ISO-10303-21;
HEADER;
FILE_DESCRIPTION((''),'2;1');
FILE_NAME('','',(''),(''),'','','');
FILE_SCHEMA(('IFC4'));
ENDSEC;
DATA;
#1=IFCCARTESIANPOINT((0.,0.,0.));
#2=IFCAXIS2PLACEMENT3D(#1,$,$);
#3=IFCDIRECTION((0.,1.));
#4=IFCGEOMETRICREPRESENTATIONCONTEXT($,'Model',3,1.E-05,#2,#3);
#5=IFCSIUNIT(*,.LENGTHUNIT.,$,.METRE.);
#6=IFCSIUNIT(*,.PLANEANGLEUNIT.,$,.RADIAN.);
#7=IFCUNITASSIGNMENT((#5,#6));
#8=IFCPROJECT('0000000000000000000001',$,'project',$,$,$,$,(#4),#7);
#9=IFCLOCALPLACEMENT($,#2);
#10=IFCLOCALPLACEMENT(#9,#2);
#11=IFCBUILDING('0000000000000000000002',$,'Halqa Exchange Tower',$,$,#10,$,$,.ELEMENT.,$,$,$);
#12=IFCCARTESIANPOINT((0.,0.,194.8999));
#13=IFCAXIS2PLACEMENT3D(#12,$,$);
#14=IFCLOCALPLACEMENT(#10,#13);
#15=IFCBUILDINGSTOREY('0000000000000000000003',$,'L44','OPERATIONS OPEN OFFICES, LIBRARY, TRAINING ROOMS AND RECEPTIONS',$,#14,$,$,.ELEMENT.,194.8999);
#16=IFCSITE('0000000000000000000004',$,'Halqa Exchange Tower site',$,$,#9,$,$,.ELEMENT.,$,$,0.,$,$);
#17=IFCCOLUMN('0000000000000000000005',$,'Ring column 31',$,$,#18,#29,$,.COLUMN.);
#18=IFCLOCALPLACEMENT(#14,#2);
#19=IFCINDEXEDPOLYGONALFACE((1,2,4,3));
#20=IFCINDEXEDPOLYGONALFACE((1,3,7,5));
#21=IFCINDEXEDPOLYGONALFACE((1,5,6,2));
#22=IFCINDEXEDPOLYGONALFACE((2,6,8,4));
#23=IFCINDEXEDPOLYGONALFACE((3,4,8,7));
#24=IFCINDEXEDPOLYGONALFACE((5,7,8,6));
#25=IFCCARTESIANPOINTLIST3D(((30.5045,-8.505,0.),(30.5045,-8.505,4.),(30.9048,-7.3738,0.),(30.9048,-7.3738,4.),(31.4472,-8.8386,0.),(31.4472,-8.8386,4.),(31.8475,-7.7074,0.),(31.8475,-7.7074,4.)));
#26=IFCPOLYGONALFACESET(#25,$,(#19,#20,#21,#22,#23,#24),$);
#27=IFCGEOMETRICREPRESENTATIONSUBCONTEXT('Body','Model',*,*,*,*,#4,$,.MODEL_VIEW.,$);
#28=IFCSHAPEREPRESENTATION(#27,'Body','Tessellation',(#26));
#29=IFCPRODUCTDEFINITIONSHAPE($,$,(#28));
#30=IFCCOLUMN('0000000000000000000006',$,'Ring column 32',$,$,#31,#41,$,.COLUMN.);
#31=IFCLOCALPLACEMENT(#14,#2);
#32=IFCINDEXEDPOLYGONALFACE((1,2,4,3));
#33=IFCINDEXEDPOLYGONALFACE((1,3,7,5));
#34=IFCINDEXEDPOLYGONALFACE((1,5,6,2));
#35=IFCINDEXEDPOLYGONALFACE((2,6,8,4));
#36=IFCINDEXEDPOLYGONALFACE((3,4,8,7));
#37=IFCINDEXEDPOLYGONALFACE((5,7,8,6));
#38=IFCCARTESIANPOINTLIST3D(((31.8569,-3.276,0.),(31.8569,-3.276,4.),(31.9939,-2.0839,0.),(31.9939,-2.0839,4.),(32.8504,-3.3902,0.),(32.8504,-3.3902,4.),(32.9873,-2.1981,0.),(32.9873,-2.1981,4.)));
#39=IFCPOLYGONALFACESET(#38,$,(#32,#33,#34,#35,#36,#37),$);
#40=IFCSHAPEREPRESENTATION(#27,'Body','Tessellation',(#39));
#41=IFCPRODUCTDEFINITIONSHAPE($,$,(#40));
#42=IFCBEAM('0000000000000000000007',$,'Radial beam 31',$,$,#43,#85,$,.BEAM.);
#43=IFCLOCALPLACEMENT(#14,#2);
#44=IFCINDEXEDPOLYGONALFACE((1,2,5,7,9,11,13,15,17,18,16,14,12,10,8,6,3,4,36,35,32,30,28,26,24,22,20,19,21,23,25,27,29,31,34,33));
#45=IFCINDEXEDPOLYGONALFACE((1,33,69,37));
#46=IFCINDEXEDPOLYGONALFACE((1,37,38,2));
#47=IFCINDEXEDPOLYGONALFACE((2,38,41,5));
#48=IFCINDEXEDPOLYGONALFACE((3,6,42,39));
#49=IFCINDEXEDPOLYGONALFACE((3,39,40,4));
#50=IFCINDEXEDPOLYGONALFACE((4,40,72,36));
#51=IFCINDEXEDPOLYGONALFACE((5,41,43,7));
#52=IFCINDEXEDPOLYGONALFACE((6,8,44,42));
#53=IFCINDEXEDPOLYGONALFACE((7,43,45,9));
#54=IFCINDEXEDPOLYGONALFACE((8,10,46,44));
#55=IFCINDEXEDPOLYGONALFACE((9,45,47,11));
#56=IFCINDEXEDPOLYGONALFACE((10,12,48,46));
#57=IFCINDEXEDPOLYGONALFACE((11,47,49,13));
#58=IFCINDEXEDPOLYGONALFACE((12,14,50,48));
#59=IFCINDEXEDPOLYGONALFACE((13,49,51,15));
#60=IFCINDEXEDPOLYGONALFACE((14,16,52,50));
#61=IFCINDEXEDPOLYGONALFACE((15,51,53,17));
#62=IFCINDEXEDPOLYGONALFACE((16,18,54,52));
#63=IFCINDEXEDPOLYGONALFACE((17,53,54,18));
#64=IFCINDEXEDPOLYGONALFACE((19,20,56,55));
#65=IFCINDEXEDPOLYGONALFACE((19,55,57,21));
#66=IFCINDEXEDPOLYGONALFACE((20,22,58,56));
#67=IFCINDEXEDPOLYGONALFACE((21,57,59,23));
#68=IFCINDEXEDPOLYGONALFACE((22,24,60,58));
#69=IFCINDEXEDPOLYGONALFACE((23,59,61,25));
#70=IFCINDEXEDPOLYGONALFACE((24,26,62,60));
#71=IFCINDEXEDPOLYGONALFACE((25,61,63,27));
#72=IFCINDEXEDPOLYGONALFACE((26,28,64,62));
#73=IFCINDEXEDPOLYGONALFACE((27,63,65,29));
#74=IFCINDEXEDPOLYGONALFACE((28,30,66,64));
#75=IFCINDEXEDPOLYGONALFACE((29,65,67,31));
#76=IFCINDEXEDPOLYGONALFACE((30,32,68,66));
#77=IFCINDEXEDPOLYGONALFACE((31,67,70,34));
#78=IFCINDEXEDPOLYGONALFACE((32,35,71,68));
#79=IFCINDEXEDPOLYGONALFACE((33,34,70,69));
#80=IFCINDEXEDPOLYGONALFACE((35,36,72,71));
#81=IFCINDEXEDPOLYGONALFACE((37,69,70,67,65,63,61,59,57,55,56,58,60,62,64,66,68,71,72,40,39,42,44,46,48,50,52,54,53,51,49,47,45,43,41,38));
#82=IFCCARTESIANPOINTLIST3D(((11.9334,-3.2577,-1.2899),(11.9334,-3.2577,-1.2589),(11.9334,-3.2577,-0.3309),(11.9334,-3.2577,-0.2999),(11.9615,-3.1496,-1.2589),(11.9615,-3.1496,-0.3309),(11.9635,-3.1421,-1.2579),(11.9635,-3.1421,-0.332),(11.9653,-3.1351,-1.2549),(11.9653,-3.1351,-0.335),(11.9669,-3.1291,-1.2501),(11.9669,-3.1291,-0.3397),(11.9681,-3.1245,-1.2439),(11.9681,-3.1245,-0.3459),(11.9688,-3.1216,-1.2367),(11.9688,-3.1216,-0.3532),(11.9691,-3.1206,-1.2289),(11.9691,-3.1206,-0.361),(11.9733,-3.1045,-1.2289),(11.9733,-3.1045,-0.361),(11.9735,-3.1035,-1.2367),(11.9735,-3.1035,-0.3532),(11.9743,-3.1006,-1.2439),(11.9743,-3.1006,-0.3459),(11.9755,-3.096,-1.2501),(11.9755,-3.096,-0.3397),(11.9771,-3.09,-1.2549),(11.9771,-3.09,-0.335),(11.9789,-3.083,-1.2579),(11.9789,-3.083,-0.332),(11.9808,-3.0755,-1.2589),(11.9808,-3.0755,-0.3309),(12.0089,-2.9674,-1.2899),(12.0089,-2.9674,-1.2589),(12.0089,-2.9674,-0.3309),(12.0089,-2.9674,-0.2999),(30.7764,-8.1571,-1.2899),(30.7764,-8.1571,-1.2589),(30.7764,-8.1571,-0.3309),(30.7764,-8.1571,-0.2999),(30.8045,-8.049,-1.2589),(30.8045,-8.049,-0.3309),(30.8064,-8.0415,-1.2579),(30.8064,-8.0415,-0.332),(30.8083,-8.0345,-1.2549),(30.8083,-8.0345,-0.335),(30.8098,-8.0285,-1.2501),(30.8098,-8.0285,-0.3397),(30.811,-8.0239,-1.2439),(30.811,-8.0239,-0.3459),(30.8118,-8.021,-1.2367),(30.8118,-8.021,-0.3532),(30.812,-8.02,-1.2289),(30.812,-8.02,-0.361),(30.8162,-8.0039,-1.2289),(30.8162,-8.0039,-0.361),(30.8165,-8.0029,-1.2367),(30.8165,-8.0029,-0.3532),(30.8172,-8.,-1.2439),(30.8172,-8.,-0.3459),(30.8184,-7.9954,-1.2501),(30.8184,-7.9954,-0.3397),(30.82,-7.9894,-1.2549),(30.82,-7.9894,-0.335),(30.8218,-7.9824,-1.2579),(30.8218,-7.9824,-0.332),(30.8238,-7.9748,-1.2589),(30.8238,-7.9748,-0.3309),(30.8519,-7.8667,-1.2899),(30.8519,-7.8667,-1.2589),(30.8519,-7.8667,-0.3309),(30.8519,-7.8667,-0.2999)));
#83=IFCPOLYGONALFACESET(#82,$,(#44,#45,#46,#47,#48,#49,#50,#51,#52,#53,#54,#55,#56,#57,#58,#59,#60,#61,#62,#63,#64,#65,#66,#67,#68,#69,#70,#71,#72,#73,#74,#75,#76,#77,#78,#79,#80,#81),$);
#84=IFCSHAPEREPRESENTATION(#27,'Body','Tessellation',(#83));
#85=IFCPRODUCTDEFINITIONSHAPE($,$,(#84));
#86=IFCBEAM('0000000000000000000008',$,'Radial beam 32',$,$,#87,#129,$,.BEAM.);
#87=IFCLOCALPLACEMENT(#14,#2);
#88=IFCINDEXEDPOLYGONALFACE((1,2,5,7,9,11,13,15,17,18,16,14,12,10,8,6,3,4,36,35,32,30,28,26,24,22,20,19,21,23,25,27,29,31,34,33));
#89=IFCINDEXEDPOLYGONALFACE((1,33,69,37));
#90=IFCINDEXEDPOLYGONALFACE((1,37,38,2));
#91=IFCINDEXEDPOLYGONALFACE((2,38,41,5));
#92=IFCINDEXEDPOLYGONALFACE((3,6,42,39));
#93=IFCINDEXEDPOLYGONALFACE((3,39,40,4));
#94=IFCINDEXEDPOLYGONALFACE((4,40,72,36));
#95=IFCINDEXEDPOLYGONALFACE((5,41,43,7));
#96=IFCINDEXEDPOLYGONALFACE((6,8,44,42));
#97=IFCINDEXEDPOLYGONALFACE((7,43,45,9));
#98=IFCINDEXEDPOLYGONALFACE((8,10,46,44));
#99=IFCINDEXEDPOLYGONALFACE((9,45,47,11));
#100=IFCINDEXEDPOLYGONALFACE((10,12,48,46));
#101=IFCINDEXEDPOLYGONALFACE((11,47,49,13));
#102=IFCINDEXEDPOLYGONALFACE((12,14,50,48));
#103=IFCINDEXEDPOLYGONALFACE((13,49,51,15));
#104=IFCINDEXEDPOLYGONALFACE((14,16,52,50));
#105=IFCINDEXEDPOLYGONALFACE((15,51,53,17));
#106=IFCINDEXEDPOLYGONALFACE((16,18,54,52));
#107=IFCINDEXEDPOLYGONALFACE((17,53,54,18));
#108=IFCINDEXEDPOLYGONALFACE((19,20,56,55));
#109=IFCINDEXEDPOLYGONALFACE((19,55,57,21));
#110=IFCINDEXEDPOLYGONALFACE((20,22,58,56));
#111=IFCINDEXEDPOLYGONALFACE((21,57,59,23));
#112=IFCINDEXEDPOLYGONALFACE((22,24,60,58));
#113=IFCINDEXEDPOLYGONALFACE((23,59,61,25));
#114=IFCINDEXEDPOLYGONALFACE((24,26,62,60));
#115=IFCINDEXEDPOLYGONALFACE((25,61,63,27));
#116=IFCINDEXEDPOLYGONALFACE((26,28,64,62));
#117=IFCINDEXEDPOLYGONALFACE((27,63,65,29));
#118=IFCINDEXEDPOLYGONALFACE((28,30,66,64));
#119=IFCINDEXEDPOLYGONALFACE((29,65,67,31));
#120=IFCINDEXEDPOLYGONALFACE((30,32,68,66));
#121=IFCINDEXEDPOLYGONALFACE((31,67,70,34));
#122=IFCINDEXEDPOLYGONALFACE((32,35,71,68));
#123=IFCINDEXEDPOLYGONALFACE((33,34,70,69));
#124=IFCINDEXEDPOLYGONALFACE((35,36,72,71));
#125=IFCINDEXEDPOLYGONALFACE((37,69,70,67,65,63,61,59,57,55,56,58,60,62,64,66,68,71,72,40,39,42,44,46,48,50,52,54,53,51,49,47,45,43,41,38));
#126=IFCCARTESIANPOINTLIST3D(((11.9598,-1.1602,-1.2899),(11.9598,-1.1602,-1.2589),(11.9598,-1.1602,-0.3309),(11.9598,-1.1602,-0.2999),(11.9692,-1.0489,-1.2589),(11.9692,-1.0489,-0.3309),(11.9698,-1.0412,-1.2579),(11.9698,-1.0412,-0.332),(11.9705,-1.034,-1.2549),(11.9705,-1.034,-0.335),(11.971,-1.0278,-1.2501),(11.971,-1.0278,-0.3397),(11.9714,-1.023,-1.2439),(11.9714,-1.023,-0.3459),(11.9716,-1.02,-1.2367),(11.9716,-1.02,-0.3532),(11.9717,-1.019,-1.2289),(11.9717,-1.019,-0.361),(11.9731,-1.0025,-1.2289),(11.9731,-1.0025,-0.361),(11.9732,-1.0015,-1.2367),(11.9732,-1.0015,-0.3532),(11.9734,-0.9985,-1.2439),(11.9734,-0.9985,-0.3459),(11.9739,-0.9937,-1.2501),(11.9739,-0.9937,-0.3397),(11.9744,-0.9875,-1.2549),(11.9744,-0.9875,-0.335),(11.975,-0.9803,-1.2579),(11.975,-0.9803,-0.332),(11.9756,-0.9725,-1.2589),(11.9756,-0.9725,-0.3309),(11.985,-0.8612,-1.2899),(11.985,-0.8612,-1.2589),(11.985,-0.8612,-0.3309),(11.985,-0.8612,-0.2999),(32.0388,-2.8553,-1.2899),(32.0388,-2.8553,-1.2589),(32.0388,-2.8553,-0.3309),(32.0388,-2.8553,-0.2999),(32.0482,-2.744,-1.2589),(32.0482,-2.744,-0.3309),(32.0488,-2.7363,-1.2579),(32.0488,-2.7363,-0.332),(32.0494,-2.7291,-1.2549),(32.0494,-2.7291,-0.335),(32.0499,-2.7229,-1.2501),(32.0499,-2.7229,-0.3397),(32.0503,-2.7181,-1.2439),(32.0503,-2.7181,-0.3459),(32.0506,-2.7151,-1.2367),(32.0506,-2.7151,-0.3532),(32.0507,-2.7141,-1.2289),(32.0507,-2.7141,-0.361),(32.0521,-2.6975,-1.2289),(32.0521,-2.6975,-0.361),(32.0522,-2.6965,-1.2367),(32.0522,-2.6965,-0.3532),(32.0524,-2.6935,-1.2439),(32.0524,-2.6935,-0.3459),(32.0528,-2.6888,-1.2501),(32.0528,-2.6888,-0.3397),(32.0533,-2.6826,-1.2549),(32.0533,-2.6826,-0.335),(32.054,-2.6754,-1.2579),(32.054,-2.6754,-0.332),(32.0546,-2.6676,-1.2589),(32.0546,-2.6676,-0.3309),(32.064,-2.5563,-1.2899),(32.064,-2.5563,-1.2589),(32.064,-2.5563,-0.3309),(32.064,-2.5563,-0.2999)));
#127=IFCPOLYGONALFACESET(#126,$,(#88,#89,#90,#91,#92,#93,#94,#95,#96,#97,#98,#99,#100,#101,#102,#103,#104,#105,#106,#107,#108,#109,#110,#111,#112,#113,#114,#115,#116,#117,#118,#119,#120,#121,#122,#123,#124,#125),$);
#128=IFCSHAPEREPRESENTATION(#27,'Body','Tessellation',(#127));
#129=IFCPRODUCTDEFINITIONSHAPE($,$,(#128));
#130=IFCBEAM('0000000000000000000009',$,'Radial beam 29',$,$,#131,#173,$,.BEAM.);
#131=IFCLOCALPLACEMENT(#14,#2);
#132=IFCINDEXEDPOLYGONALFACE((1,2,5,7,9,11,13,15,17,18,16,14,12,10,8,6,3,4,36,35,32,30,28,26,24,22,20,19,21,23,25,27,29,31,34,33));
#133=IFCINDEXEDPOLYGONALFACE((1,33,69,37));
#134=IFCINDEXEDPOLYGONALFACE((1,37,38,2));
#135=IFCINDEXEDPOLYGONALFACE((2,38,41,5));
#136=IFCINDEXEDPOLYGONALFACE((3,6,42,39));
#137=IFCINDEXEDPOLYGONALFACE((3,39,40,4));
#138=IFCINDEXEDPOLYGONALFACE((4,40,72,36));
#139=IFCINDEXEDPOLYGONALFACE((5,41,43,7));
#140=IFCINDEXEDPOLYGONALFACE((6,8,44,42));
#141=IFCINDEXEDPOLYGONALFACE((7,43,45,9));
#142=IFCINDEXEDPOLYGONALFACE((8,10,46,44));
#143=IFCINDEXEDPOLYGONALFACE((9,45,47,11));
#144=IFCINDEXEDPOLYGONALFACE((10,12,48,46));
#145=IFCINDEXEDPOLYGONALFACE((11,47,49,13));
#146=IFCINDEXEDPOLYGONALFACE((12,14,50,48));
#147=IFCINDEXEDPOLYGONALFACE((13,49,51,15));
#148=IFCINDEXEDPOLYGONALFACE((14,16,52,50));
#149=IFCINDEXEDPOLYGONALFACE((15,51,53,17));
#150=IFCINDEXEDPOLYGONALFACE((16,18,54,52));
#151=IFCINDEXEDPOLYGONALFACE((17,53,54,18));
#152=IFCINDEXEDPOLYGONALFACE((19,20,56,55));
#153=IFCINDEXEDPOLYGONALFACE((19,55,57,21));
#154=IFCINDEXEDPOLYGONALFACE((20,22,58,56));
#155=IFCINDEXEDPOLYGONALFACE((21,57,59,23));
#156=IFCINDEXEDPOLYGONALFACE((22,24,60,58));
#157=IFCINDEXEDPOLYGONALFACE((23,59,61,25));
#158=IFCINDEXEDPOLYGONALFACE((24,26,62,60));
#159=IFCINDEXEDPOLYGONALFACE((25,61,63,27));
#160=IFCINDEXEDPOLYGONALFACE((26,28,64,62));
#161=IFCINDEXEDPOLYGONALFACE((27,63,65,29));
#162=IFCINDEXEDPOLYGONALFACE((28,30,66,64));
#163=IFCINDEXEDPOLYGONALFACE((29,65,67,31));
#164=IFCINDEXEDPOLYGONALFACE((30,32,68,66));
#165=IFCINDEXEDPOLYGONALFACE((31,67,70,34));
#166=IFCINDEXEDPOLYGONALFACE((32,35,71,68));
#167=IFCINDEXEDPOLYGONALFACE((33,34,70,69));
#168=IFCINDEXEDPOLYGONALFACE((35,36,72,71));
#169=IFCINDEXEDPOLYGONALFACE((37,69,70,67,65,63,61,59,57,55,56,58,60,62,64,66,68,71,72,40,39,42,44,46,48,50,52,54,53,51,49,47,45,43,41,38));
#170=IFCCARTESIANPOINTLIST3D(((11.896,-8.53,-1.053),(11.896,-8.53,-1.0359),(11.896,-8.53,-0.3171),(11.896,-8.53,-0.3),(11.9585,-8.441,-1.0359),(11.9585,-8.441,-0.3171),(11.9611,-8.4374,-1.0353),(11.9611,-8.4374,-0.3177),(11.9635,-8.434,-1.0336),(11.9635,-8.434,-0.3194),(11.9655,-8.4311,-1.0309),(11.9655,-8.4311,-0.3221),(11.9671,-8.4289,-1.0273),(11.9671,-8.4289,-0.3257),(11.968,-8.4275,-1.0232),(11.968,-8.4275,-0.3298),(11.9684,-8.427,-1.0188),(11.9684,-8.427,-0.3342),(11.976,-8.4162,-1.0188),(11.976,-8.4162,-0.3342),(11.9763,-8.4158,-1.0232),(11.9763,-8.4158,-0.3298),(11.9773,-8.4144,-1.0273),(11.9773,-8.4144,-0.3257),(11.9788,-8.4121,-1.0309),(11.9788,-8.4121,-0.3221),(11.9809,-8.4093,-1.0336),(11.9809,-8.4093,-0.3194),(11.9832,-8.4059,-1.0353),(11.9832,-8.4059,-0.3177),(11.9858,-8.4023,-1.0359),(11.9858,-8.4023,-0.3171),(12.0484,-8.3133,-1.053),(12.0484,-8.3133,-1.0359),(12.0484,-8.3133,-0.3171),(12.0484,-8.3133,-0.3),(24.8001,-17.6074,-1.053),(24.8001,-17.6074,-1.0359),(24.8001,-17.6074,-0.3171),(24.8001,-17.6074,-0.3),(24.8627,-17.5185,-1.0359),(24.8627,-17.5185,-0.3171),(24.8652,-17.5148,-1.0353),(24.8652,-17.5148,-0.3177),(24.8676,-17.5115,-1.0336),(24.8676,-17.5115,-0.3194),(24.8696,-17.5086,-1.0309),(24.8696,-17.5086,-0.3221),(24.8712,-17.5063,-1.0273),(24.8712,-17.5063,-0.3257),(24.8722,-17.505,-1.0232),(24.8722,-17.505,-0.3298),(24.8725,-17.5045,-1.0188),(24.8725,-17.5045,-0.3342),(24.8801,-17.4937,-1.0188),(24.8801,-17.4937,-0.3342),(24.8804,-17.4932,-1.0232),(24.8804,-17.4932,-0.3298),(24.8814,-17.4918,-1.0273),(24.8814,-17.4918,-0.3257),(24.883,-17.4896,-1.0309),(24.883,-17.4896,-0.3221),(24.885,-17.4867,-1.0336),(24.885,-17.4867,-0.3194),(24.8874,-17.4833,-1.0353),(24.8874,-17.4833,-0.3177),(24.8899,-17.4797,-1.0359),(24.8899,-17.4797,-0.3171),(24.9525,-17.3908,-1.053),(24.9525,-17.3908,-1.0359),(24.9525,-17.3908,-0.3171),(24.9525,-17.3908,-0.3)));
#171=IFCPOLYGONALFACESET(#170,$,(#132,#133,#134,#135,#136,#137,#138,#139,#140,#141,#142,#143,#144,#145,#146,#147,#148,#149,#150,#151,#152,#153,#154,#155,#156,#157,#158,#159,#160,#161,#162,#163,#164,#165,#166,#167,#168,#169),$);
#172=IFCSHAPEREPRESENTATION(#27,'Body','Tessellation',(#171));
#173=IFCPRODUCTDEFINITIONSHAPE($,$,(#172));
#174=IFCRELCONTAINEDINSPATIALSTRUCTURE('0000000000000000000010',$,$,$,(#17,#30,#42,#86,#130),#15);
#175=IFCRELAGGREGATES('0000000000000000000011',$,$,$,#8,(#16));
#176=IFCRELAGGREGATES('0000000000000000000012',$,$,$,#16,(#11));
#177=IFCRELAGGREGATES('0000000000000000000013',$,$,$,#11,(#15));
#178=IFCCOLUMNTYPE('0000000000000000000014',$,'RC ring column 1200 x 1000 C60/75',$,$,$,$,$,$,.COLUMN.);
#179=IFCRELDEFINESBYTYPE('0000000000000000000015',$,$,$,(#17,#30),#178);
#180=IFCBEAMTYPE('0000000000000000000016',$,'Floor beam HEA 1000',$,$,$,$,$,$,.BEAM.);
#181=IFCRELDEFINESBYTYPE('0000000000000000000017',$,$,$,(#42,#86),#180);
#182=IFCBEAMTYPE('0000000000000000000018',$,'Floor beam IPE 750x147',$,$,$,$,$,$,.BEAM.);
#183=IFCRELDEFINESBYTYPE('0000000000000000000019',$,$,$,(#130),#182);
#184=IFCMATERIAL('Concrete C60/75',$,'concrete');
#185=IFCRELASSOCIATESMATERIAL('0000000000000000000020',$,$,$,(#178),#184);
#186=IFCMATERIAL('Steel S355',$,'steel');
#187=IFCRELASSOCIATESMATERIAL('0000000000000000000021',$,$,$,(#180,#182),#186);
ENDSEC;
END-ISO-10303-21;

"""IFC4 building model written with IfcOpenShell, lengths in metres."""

from ifc_helpers import new_model, si_unit, direction, frame, origin, origin_2d, place, context, subcontext, project, spatial, rectangle, i_section, extrude, material, material_profile, profile_set, type_object, element, save


model = new_model("IFC4")

# Units and contexts
model_context = context("Model", 3, precision=1e-05, world=origin(), true_north=direction((0.0, 1.0)))
body_context = subcontext(model_context, "Body", "Model", "MODEL_VIEW")
ifc_project = project(units=[si_unit("LENGTHUNIT", "METRE"), si_unit("PLANEANGLEUNIT", "RADIAN")], contexts=[model_context])

# Site, building, storey
site_placement = place(None, origin())
site = spatial("IfcSite", under=ifc_project, at=site_placement, Name="Halqa Exchange Tower site", CompositionType="ELEMENT", RefElevation=0.0)
building_placement = place(site_placement, origin())
building = spatial("IfcBuilding", under=site, at=building_placement, Name="Halqa Exchange Tower", CompositionType="ELEMENT")
storey_placement = place(building_placement, frame((0.0, 0.0, 194.8999)))
storey = spatial("IfcBuildingStorey", under=building, at=storey_placement, Name="L44", Description="OPERATIONS OPEN OFFICES, LIBRARY, TRAINING ROOMS AND RECEPTIONS", CompositionType="ELEMENT", Elevation=194.8999)

# Columns
ifc_material_1 = material(Name="Concrete C60/75", Category="concrete")
ifc_material_profile_1 = material_profile(ifc_material_1, rectangle(XDim=1.2, YDim=1.0, at=origin_2d()), Name="1200 x 1000")
ifc_profile_set_1 = profile_set([ifc_material_profile_1], Name="Concrete C60/75")
column_type = type_object("IfcColumnType", Name="RC ring column 1200 x 1000 C60/75", PredefinedType="COLUMN", material=ifc_profile_set_1)
for number, where, z_axis, x_axis, name in (
    (1, (31.176, -8.1062, 0.0), (0.0, 0.0, 1.0), (0.333626, 0.942706, 0.0), "Ring column 31"),
    (2, (32.4221, -2.7371, 0.0), (0.0, 0.0, 1.0), (0.11415, 0.993464, 0.0), "Ring column 32"),
):
    element("IfcColumn", number, at=place(storey_placement, frame(where, z_axis=z_axis, x_axis=x_axis)), inside=storey, type_object=column_type, Name=name, PredefinedType="COLUMN", context=body_context, shape_type="SweptSolid", body=[
        extrude(rectangle(XDim=1.2, YDim=1.0, at=origin_2d()), origin(), (0.0, 0.0, 1.0), 4.0),
    ])

# Beams
ifc_material_2 = material(Name="Steel S355", Category="steel")
ifc_material_profile_2 = material_profile(ifc_material_2, i_section(OverallWidth=0.3, OverallDepth=0.99, WebThickness=0.0166, FlangeThickness=0.031, FilletRadius=0.03, at=origin_2d()), Name="HEA 1000")
ifc_profile_set_2 = profile_set([ifc_material_profile_2], Name="Steel S355")
beam_type_1 = type_object("IfcBeamType", Name="Floor beam HEA 1000", PredefinedType="BEAM", material=ifc_profile_set_2)
beam_1_placement = place(storey_placement, frame((11.9712, -3.1125, -0.7949), z_axis=(0.96782, -0.251645, 0.0), x_axis=(0.251645, 0.96782, 0.0)))
element("IfcBeam", 3, at=beam_1_placement, inside=storey, type_object=beam_type_1, Name="Radial beam 31", PredefinedType="BEAM", context=body_context, shape_type="SweptSolid", body=[
    extrude(i_section(OverallWidth=0.3, OverallDepth=0.99, WebThickness=0.0166, FlangeThickness=0.031, FilletRadius=0.03, at=origin_2d()), origin(), (0.0, 0.0, 1.0), 19.4695),
])
beam_2_placement = place(storey_placement, frame((11.9724, -1.0107, -0.7949), z_axis=(0.996456, -0.084121, 0.0), x_axis=(0.084121, 0.996456, 0.0)))
element("IfcBeam", 4, at=beam_2_placement, inside=storey, type_object=beam_type_1, Name="Radial beam 32", PredefinedType="BEAM", context=body_context, shape_type="SweptSolid", body=[
    extrude(i_section(OverallWidth=0.3, OverallDepth=0.99, WebThickness=0.0166, FlangeThickness=0.031, FilletRadius=0.03, at=origin_2d()), origin(), (0.0, 0.0, 1.0), 20.1504),
])
ifc_material_profile_3 = material_profile(ifc_material_2, i_section(OverallWidth=0.2649, OverallDepth=0.7529, WebThickness=0.0132, FlangeThickness=0.0171, FilletRadius=0.0171, at=origin_2d()), Name="IPE 750x147")
ifc_profile_set_3 = profile_set([ifc_material_profile_3], Name="Steel S355")
beam_type_2 = type_object("IfcBeamType", Name="Floor beam IPE 750x147", PredefinedType="BEAM", material=ifc_profile_set_3)
beam_3_placement = place(storey_placement, frame((11.9722, -8.4216, -0.6765), z_axis=(0.817903, -0.575356, 0.0), x_axis=(0.575356, 0.817903, 0.0)))
element("IfcBeam", 5, at=beam_3_placement, inside=storey, type_object=beam_type_2, Name="Radial beam 29", PredefinedType="BEAM", context=body_context, shape_type="SweptSolid", body=[
    extrude(i_section(OverallWidth=0.2649, OverallDepth=0.7529, WebThickness=0.0132, FlangeThickness=0.0171, FilletRadius=0.0171, at=origin_2d()), origin(), (0.0, 0.0, 1.0), 15.7771),
])

save(model, "model.ifc")
